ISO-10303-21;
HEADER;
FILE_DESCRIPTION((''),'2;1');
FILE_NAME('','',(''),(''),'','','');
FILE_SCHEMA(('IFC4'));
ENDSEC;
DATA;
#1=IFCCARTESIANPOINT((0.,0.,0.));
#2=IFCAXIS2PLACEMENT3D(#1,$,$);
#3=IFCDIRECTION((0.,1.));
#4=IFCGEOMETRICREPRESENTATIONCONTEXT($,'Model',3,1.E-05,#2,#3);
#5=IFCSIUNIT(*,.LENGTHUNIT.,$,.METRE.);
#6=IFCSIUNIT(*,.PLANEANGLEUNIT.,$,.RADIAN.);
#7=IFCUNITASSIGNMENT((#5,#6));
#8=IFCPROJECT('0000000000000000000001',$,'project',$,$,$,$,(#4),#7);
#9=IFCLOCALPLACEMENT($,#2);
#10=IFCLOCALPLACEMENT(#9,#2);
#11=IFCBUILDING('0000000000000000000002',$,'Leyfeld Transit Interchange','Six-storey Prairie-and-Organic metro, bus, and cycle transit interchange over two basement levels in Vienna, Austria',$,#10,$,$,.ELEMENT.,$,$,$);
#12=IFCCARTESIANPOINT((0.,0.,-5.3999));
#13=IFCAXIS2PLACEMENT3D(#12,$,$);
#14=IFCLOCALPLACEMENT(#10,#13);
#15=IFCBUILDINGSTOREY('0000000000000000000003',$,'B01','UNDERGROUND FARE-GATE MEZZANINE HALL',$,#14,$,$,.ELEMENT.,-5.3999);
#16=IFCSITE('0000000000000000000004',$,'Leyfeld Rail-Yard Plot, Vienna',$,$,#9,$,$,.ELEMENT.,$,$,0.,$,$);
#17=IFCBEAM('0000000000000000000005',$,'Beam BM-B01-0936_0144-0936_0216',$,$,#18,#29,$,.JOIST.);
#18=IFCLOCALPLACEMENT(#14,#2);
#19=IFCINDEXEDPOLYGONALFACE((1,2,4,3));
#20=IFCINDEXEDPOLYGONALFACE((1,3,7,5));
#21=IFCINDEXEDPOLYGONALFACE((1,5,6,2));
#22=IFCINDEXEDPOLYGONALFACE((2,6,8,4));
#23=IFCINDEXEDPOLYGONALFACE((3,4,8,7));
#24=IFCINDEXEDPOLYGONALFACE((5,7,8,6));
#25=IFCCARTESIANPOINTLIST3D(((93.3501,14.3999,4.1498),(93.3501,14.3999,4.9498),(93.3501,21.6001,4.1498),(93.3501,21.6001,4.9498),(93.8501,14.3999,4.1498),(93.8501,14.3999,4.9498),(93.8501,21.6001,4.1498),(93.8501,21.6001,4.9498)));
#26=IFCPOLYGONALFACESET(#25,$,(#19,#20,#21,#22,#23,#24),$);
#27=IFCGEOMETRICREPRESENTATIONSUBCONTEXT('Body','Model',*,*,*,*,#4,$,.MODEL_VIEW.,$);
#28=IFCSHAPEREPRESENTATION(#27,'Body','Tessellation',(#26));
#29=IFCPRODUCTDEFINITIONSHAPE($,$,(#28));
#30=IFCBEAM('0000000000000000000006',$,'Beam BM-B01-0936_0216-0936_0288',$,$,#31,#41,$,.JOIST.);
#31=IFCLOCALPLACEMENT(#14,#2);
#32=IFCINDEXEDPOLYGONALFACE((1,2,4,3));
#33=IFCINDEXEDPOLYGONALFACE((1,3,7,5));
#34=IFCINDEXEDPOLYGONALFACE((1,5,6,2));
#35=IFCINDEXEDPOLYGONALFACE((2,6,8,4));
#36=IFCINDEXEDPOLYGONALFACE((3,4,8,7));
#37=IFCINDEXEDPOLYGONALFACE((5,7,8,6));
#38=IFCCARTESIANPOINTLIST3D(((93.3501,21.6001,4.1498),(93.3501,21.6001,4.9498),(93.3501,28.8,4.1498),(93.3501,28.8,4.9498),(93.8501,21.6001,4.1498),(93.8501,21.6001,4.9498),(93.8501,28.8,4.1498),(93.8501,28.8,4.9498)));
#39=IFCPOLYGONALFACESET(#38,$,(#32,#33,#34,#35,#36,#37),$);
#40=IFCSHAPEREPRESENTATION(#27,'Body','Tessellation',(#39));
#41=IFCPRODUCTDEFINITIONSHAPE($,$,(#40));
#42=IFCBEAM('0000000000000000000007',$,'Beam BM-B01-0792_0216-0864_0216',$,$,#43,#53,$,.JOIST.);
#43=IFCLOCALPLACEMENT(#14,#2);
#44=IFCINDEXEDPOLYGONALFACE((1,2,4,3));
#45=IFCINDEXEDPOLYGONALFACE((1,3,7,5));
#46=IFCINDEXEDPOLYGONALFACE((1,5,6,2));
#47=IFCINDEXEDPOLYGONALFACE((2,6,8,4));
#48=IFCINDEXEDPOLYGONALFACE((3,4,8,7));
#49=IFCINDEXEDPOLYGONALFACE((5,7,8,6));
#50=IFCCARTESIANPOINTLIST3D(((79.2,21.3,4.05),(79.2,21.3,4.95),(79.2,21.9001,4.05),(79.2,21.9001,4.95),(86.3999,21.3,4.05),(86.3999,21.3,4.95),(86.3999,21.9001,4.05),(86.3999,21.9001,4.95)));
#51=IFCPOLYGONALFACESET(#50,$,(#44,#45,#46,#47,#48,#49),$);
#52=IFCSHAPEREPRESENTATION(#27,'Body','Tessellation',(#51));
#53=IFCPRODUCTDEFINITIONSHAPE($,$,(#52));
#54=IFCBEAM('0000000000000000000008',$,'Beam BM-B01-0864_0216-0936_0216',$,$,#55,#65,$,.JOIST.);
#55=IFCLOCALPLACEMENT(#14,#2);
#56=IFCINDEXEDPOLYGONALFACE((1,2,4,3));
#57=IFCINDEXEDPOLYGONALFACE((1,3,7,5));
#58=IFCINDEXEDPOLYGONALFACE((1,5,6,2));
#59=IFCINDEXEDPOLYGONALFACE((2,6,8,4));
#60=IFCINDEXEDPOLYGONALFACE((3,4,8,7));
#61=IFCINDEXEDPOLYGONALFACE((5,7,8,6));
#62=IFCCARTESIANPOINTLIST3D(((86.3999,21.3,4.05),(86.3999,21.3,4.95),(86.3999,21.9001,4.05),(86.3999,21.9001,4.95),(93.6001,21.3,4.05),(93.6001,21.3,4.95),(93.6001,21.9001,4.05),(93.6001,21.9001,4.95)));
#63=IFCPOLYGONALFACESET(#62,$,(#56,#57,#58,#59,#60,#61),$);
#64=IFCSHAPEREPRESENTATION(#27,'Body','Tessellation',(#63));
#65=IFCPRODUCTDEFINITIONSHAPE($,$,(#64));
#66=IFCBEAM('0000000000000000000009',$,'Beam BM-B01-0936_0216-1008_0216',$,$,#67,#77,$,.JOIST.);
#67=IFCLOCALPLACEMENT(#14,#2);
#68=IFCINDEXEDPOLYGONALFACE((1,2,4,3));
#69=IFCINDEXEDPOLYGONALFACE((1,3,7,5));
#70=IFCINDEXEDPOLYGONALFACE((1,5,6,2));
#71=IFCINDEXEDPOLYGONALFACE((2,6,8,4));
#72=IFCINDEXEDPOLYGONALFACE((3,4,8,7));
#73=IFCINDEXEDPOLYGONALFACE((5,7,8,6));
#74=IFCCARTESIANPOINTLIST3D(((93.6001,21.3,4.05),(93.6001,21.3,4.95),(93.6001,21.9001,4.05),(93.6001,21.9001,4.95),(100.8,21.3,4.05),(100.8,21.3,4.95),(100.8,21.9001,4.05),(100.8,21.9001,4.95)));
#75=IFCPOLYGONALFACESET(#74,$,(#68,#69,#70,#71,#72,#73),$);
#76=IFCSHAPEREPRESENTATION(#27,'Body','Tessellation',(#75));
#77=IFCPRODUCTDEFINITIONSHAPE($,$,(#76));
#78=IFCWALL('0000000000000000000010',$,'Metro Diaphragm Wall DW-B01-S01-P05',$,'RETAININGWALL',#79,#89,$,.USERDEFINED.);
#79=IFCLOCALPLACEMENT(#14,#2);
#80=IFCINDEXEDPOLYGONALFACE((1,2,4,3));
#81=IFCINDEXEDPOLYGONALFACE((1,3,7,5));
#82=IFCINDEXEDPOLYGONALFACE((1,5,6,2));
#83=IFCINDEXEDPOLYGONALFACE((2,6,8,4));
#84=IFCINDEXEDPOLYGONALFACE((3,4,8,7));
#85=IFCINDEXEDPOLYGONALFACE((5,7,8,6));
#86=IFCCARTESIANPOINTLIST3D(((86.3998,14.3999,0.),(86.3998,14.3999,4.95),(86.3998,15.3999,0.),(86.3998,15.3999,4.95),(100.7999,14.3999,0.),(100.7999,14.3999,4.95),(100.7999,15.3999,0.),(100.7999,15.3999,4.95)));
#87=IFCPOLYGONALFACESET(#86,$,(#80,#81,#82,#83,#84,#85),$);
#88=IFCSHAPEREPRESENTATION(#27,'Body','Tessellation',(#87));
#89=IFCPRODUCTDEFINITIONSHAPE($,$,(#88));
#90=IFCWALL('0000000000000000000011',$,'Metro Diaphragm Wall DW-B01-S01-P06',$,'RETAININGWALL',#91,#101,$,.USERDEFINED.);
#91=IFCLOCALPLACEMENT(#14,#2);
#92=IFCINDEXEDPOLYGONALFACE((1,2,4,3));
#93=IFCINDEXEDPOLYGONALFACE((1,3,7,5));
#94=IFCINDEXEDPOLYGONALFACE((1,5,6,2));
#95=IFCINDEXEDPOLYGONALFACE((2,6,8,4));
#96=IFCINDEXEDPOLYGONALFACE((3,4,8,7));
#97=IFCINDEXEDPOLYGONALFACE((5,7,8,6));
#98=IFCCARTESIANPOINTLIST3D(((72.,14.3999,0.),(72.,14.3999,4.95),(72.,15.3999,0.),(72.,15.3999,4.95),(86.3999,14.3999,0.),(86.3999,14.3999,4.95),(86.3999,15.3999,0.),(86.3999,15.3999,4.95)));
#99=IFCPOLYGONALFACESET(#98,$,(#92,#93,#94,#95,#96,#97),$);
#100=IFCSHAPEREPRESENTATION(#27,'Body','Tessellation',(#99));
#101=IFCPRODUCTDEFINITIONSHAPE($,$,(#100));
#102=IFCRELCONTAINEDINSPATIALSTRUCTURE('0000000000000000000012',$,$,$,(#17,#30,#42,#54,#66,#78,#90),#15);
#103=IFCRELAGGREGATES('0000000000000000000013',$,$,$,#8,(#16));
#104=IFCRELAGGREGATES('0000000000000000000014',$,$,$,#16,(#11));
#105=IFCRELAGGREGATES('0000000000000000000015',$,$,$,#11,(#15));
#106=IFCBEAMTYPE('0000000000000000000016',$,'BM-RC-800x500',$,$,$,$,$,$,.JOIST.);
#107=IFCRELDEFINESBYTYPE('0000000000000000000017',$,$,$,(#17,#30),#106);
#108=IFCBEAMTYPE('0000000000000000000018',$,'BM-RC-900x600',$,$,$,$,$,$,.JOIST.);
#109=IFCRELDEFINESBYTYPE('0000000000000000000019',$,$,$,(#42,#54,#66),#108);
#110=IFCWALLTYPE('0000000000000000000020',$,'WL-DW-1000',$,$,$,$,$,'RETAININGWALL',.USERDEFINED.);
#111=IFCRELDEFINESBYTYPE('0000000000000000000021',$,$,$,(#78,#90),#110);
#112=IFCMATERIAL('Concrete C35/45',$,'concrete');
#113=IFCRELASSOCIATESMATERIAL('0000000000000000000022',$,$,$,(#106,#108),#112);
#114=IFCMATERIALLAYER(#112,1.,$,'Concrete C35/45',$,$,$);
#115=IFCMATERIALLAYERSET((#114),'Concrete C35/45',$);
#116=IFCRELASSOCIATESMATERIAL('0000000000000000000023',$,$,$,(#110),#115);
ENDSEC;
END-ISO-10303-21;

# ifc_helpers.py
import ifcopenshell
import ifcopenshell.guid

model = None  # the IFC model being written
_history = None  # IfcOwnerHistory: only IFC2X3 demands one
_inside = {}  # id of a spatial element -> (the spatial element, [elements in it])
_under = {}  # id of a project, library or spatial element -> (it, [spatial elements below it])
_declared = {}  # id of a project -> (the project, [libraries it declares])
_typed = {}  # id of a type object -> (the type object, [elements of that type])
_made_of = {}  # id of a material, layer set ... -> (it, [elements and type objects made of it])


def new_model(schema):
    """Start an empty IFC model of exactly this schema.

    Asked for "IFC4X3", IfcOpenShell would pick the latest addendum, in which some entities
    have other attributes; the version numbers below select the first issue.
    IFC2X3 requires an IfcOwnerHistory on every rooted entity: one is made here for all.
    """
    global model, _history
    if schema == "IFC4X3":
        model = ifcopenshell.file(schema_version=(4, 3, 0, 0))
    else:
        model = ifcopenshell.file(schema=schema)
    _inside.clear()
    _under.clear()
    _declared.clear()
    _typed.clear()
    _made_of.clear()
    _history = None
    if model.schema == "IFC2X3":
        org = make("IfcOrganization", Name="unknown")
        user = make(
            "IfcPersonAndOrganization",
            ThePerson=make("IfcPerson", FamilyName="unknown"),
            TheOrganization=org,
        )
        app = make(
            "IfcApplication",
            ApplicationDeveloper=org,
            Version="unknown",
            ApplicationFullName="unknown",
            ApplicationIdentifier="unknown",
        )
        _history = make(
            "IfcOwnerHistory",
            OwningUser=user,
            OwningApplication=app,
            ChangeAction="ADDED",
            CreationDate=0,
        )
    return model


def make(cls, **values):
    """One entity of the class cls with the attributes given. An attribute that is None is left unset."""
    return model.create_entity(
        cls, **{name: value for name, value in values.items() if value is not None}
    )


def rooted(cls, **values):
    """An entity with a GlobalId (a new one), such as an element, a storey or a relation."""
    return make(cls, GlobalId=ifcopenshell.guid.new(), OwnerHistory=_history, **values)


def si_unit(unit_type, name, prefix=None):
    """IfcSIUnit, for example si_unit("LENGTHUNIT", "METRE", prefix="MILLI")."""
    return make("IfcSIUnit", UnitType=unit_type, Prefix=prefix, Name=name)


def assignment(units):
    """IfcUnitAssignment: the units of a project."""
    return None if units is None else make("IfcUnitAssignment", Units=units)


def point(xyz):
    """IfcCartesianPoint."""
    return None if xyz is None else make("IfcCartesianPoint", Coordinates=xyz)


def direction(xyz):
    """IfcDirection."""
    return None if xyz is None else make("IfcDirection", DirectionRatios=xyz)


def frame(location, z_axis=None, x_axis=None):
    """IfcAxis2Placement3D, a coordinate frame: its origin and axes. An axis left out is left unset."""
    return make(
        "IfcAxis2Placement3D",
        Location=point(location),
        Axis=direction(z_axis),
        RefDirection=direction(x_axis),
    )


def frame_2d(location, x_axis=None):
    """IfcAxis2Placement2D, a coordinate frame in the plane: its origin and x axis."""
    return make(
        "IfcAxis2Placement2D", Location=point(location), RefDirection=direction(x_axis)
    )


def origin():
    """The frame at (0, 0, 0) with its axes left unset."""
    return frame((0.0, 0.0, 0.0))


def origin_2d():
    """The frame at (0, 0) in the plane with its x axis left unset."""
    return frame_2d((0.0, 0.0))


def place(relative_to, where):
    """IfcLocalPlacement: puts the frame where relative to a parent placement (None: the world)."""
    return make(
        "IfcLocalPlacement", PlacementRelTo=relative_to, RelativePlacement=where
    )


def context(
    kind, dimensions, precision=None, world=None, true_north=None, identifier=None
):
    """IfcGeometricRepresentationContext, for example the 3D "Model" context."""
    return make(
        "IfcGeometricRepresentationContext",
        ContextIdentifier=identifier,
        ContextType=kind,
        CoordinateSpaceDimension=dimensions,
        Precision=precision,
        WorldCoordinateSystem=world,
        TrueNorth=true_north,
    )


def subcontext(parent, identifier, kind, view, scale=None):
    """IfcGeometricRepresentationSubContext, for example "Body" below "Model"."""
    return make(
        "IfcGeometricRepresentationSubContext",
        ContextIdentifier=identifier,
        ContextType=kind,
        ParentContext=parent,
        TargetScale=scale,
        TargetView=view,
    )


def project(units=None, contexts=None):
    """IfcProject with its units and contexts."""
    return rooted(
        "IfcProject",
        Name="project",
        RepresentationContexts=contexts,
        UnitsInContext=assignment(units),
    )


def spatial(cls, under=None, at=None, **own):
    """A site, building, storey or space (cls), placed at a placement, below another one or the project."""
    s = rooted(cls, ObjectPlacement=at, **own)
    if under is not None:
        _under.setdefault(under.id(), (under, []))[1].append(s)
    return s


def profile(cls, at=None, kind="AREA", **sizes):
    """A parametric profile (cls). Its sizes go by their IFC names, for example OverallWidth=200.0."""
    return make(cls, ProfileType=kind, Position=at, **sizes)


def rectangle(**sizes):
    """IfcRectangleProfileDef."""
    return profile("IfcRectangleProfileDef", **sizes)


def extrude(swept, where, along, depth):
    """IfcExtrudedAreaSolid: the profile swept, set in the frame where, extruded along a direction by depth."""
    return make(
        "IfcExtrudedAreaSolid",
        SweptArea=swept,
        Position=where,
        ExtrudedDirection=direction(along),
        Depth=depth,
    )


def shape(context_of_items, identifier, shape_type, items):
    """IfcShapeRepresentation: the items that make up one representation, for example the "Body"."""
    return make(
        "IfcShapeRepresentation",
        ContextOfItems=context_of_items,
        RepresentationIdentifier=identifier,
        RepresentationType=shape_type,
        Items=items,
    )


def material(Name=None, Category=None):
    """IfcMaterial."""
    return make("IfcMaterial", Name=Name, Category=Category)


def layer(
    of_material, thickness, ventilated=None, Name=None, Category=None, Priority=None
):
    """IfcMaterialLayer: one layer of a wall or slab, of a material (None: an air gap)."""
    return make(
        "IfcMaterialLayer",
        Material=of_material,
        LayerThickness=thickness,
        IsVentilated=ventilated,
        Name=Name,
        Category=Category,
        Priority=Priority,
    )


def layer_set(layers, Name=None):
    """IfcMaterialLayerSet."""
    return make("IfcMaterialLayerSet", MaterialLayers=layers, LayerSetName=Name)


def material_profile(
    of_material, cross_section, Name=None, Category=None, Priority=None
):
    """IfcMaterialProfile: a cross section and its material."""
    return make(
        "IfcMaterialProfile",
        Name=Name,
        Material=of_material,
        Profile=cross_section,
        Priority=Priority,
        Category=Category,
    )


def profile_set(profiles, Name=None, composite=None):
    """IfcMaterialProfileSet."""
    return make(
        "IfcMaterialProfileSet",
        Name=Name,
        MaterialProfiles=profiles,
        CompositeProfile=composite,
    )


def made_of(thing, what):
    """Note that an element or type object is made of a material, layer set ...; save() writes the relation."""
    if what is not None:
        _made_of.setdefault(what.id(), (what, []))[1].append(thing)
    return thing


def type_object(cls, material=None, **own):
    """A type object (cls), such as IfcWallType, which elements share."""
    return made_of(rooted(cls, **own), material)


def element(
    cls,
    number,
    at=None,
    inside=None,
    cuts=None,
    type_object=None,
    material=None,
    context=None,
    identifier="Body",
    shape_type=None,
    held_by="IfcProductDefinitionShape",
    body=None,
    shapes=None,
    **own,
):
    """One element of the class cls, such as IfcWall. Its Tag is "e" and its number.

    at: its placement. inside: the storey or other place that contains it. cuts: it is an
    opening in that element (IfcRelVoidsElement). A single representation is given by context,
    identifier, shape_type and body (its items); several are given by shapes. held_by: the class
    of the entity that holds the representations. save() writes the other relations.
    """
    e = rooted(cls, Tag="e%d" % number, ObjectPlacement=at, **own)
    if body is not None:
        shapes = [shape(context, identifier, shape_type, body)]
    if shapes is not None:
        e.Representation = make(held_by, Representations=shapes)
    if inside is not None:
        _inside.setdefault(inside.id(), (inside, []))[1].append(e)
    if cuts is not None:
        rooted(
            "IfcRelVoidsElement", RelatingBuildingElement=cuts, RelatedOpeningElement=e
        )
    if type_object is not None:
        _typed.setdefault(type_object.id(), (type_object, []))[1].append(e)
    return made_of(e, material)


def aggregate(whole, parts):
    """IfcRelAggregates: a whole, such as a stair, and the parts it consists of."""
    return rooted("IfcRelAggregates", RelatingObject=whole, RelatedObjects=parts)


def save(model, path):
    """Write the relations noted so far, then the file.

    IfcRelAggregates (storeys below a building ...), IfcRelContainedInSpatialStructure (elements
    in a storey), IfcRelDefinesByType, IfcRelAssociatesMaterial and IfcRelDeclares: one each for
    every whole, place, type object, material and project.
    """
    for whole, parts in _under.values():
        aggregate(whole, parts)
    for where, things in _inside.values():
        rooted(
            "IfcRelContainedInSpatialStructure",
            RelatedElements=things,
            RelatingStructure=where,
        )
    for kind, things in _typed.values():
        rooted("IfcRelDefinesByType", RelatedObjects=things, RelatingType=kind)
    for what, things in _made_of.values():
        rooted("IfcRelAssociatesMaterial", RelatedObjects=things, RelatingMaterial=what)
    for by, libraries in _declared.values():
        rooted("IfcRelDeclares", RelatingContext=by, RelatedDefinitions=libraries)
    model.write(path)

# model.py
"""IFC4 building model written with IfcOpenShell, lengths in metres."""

from ifc_helpers import new_model, si_unit, direction, frame, frame_2d, origin, origin_2d, place, context, subcontext, project, spatial, rectangle, extrude, material, layer, layer_set, material_profile, profile_set, type_object, element, save


model = new_model("IFC4")

# Units and contexts
model_context = context("Model", 3, precision=1e-05, world=origin(), true_north=direction((0.0, 1.0)))
body_context = subcontext(model_context, "Body", "Model", "MODEL_VIEW")
ifc_project = project(units=[si_unit("LENGTHUNIT", "METRE"), si_unit("PLANEANGLEUNIT", "RADIAN")], contexts=[model_context])

# Site, building, storey
site_placement = place(None, origin())
site = spatial("IfcSite", under=ifc_project, at=site_placement, Name="Leyfeld Rail-Yard Plot, Vienna", CompositionType="ELEMENT", RefElevation=0.0)
building_placement = place(site_placement, origin())
building = spatial("IfcBuilding", under=site, at=building_placement, Name="Leyfeld Transit Interchange", Description="Six-storey Prairie-and-Organic metro, bus, and cycle transit interchange over two basement levels in Vienna, Austria", CompositionType="ELEMENT")
storey_placement = place(building_placement, frame((0.0, 0.0, -5.3999)))
storey = spatial("IfcBuildingStorey", under=building, at=storey_placement, Name="B01", Description="UNDERGROUND FARE-GATE MEZZANINE HALL", CompositionType="ELEMENT", Elevation=-5.3999)

# Shared definitions
ifc_material = material(Name="Concrete C35/45", Category="concrete")

# Beams
ifc_material_profile_1 = material_profile(ifc_material, rectangle(XDim=0.5, YDim=0.8, at=origin_2d()), Name="RC 800x500")
ifc_profile_set_1 = profile_set([ifc_material_profile_1], Name="Concrete C35/45")
beam_type_1 = type_object("IfcBeamType", Name="BM-RC-800x500", PredefinedType="JOIST", material=ifc_profile_set_1)
beam_1_placement = place(storey_placement, frame((93.6001, 14.3999, 4.5498), z_axis=(0.0, 1.0, 0.0), x_axis=(-1.0, 0.0, 0.0)))
element("IfcBeam", 1, at=beam_1_placement, inside=storey, type_object=beam_type_1, Name="Beam BM-B01-0936_0144-0936_0216", PredefinedType="JOIST", context=body_context, shape_type="SweptSolid", body=[
    extrude(rectangle(XDim=0.5, YDim=0.8, at=origin_2d()), origin(), (0.0, 0.0, 1.0), 7.2002),
])
beam_2_placement = place(storey_placement, frame((93.6001, 21.6001, 4.5498), z_axis=(0.0, 1.0, 0.0), x_axis=(-1.0, 0.0, 0.0)))
element("IfcBeam", 2, at=beam_2_placement, inside=storey, type_object=beam_type_1, Name="Beam BM-B01-0936_0216-0936_0288", PredefinedType="JOIST", context=body_context, shape_type="SweptSolid", body=[
    extrude(rectangle(XDim=0.5, YDim=0.8, at=origin_2d()), origin(), (0.0, 0.0, 1.0), 7.2),
])
ifc_material_profile_2 = material_profile(ifc_material, rectangle(XDim=0.6001, YDim=0.8999, at=origin_2d()), Name="RC 900x600")
ifc_profile_set_2 = profile_set([ifc_material_profile_2], Name="Concrete C35/45")
beam_type_2 = type_object("IfcBeamType", Name="BM-RC-900x600", PredefinedType="JOIST", material=ifc_profile_set_2)
beam_3_placement = place(storey_placement, frame((79.2, 21.6001, 4.5), z_axis=(1.0, 0.0, 0.0), x_axis=(0.0, 1.0, 0.0)))
element("IfcBeam", 3, at=beam_3_placement, inside=storey, type_object=beam_type_2, Name="Beam BM-B01-0792_0216-0864_0216", PredefinedType="JOIST", context=body_context, shape_type="SweptSolid", body=[
    extrude(rectangle(XDim=0.6001, YDim=0.8999, at=origin_2d()), origin(), (0.0, 0.0, 1.0), 7.2),
])
beam_4_placement = place(storey_placement, frame((86.3999, 21.6001, 4.5), z_axis=(1.0, 0.0, 0.0), x_axis=(0.0, 1.0, 0.0)))
element("IfcBeam", 4, at=beam_4_placement, inside=storey, type_object=beam_type_2, Name="Beam BM-B01-0864_0216-0936_0216", PredefinedType="JOIST", context=body_context, shape_type="SweptSolid", body=[
    extrude(rectangle(XDim=0.6001, YDim=0.8999, at=origin_2d()), origin(), (0.0, 0.0, 1.0), 7.2002),
])
beam_5_placement = place(storey_placement, frame((93.6001, 21.6001, 4.5), z_axis=(1.0, 0.0, 0.0), x_axis=(0.0, 1.0, 0.0)))
element("IfcBeam", 5, at=beam_5_placement, inside=storey, type_object=beam_type_2, Name="Beam BM-B01-0936_0216-1008_0216", PredefinedType="JOIST", context=body_context, shape_type="SweptSolid", body=[
    extrude(rectangle(XDim=0.6001, YDim=0.8999, at=origin_2d()), origin(), (0.0, 0.0, 1.0), 7.2),
])

# Walls
ifc_layer = layer(ifc_material, 1.0, Name="Concrete C35/45")
ifc_layer_set = layer_set([ifc_layer], Name="Concrete C35/45")
wall_type = type_object("IfcWallType", Name="WL-DW-1000", ElementType="RETAININGWALL", PredefinedType="USERDEFINED", material=ifc_layer_set)
wall_1_placement = place(storey_placement, frame((100.8, 14.8999, 0.0), z_axis=(0.0, 0.0, 1.0), x_axis=(-1.0, 0.0, 0.0)))
element("IfcWall", 6, at=wall_1_placement, inside=storey, type_object=wall_type, Name="Metro Diaphragm Wall DW-B01-S01-P05", ObjectType="RETAININGWALL", PredefinedType="USERDEFINED", context=body_context, shape_type="SweptSolid", body=[
    extrude(rectangle(XDim=14.4001, YDim=1.0, at=frame_2d((7.2002, 0.0))), origin(), (0.0, 0.0, 1.0), 4.95),
])
wall_2_placement = place(storey_placement, frame((86.3999, 14.8999, 0.0), z_axis=(0.0, 0.0, 1.0), x_axis=(-1.0, 0.0, 0.0)))
element("IfcWall", 7, at=wall_2_placement, inside=storey, type_object=wall_type, Name="Metro Diaphragm Wall DW-B01-S01-P06", ObjectType="RETAININGWALL", PredefinedType="USERDEFINED", context=body_context, shape_type="SweptSolid", body=[
    extrude(rectangle(XDim=14.3999, YDim=1.0, at=frame_2d((7.2, 0.0))), origin(), (0.0, 0.0, 1.0), 4.95),
])

save(model, "model.ifc")
